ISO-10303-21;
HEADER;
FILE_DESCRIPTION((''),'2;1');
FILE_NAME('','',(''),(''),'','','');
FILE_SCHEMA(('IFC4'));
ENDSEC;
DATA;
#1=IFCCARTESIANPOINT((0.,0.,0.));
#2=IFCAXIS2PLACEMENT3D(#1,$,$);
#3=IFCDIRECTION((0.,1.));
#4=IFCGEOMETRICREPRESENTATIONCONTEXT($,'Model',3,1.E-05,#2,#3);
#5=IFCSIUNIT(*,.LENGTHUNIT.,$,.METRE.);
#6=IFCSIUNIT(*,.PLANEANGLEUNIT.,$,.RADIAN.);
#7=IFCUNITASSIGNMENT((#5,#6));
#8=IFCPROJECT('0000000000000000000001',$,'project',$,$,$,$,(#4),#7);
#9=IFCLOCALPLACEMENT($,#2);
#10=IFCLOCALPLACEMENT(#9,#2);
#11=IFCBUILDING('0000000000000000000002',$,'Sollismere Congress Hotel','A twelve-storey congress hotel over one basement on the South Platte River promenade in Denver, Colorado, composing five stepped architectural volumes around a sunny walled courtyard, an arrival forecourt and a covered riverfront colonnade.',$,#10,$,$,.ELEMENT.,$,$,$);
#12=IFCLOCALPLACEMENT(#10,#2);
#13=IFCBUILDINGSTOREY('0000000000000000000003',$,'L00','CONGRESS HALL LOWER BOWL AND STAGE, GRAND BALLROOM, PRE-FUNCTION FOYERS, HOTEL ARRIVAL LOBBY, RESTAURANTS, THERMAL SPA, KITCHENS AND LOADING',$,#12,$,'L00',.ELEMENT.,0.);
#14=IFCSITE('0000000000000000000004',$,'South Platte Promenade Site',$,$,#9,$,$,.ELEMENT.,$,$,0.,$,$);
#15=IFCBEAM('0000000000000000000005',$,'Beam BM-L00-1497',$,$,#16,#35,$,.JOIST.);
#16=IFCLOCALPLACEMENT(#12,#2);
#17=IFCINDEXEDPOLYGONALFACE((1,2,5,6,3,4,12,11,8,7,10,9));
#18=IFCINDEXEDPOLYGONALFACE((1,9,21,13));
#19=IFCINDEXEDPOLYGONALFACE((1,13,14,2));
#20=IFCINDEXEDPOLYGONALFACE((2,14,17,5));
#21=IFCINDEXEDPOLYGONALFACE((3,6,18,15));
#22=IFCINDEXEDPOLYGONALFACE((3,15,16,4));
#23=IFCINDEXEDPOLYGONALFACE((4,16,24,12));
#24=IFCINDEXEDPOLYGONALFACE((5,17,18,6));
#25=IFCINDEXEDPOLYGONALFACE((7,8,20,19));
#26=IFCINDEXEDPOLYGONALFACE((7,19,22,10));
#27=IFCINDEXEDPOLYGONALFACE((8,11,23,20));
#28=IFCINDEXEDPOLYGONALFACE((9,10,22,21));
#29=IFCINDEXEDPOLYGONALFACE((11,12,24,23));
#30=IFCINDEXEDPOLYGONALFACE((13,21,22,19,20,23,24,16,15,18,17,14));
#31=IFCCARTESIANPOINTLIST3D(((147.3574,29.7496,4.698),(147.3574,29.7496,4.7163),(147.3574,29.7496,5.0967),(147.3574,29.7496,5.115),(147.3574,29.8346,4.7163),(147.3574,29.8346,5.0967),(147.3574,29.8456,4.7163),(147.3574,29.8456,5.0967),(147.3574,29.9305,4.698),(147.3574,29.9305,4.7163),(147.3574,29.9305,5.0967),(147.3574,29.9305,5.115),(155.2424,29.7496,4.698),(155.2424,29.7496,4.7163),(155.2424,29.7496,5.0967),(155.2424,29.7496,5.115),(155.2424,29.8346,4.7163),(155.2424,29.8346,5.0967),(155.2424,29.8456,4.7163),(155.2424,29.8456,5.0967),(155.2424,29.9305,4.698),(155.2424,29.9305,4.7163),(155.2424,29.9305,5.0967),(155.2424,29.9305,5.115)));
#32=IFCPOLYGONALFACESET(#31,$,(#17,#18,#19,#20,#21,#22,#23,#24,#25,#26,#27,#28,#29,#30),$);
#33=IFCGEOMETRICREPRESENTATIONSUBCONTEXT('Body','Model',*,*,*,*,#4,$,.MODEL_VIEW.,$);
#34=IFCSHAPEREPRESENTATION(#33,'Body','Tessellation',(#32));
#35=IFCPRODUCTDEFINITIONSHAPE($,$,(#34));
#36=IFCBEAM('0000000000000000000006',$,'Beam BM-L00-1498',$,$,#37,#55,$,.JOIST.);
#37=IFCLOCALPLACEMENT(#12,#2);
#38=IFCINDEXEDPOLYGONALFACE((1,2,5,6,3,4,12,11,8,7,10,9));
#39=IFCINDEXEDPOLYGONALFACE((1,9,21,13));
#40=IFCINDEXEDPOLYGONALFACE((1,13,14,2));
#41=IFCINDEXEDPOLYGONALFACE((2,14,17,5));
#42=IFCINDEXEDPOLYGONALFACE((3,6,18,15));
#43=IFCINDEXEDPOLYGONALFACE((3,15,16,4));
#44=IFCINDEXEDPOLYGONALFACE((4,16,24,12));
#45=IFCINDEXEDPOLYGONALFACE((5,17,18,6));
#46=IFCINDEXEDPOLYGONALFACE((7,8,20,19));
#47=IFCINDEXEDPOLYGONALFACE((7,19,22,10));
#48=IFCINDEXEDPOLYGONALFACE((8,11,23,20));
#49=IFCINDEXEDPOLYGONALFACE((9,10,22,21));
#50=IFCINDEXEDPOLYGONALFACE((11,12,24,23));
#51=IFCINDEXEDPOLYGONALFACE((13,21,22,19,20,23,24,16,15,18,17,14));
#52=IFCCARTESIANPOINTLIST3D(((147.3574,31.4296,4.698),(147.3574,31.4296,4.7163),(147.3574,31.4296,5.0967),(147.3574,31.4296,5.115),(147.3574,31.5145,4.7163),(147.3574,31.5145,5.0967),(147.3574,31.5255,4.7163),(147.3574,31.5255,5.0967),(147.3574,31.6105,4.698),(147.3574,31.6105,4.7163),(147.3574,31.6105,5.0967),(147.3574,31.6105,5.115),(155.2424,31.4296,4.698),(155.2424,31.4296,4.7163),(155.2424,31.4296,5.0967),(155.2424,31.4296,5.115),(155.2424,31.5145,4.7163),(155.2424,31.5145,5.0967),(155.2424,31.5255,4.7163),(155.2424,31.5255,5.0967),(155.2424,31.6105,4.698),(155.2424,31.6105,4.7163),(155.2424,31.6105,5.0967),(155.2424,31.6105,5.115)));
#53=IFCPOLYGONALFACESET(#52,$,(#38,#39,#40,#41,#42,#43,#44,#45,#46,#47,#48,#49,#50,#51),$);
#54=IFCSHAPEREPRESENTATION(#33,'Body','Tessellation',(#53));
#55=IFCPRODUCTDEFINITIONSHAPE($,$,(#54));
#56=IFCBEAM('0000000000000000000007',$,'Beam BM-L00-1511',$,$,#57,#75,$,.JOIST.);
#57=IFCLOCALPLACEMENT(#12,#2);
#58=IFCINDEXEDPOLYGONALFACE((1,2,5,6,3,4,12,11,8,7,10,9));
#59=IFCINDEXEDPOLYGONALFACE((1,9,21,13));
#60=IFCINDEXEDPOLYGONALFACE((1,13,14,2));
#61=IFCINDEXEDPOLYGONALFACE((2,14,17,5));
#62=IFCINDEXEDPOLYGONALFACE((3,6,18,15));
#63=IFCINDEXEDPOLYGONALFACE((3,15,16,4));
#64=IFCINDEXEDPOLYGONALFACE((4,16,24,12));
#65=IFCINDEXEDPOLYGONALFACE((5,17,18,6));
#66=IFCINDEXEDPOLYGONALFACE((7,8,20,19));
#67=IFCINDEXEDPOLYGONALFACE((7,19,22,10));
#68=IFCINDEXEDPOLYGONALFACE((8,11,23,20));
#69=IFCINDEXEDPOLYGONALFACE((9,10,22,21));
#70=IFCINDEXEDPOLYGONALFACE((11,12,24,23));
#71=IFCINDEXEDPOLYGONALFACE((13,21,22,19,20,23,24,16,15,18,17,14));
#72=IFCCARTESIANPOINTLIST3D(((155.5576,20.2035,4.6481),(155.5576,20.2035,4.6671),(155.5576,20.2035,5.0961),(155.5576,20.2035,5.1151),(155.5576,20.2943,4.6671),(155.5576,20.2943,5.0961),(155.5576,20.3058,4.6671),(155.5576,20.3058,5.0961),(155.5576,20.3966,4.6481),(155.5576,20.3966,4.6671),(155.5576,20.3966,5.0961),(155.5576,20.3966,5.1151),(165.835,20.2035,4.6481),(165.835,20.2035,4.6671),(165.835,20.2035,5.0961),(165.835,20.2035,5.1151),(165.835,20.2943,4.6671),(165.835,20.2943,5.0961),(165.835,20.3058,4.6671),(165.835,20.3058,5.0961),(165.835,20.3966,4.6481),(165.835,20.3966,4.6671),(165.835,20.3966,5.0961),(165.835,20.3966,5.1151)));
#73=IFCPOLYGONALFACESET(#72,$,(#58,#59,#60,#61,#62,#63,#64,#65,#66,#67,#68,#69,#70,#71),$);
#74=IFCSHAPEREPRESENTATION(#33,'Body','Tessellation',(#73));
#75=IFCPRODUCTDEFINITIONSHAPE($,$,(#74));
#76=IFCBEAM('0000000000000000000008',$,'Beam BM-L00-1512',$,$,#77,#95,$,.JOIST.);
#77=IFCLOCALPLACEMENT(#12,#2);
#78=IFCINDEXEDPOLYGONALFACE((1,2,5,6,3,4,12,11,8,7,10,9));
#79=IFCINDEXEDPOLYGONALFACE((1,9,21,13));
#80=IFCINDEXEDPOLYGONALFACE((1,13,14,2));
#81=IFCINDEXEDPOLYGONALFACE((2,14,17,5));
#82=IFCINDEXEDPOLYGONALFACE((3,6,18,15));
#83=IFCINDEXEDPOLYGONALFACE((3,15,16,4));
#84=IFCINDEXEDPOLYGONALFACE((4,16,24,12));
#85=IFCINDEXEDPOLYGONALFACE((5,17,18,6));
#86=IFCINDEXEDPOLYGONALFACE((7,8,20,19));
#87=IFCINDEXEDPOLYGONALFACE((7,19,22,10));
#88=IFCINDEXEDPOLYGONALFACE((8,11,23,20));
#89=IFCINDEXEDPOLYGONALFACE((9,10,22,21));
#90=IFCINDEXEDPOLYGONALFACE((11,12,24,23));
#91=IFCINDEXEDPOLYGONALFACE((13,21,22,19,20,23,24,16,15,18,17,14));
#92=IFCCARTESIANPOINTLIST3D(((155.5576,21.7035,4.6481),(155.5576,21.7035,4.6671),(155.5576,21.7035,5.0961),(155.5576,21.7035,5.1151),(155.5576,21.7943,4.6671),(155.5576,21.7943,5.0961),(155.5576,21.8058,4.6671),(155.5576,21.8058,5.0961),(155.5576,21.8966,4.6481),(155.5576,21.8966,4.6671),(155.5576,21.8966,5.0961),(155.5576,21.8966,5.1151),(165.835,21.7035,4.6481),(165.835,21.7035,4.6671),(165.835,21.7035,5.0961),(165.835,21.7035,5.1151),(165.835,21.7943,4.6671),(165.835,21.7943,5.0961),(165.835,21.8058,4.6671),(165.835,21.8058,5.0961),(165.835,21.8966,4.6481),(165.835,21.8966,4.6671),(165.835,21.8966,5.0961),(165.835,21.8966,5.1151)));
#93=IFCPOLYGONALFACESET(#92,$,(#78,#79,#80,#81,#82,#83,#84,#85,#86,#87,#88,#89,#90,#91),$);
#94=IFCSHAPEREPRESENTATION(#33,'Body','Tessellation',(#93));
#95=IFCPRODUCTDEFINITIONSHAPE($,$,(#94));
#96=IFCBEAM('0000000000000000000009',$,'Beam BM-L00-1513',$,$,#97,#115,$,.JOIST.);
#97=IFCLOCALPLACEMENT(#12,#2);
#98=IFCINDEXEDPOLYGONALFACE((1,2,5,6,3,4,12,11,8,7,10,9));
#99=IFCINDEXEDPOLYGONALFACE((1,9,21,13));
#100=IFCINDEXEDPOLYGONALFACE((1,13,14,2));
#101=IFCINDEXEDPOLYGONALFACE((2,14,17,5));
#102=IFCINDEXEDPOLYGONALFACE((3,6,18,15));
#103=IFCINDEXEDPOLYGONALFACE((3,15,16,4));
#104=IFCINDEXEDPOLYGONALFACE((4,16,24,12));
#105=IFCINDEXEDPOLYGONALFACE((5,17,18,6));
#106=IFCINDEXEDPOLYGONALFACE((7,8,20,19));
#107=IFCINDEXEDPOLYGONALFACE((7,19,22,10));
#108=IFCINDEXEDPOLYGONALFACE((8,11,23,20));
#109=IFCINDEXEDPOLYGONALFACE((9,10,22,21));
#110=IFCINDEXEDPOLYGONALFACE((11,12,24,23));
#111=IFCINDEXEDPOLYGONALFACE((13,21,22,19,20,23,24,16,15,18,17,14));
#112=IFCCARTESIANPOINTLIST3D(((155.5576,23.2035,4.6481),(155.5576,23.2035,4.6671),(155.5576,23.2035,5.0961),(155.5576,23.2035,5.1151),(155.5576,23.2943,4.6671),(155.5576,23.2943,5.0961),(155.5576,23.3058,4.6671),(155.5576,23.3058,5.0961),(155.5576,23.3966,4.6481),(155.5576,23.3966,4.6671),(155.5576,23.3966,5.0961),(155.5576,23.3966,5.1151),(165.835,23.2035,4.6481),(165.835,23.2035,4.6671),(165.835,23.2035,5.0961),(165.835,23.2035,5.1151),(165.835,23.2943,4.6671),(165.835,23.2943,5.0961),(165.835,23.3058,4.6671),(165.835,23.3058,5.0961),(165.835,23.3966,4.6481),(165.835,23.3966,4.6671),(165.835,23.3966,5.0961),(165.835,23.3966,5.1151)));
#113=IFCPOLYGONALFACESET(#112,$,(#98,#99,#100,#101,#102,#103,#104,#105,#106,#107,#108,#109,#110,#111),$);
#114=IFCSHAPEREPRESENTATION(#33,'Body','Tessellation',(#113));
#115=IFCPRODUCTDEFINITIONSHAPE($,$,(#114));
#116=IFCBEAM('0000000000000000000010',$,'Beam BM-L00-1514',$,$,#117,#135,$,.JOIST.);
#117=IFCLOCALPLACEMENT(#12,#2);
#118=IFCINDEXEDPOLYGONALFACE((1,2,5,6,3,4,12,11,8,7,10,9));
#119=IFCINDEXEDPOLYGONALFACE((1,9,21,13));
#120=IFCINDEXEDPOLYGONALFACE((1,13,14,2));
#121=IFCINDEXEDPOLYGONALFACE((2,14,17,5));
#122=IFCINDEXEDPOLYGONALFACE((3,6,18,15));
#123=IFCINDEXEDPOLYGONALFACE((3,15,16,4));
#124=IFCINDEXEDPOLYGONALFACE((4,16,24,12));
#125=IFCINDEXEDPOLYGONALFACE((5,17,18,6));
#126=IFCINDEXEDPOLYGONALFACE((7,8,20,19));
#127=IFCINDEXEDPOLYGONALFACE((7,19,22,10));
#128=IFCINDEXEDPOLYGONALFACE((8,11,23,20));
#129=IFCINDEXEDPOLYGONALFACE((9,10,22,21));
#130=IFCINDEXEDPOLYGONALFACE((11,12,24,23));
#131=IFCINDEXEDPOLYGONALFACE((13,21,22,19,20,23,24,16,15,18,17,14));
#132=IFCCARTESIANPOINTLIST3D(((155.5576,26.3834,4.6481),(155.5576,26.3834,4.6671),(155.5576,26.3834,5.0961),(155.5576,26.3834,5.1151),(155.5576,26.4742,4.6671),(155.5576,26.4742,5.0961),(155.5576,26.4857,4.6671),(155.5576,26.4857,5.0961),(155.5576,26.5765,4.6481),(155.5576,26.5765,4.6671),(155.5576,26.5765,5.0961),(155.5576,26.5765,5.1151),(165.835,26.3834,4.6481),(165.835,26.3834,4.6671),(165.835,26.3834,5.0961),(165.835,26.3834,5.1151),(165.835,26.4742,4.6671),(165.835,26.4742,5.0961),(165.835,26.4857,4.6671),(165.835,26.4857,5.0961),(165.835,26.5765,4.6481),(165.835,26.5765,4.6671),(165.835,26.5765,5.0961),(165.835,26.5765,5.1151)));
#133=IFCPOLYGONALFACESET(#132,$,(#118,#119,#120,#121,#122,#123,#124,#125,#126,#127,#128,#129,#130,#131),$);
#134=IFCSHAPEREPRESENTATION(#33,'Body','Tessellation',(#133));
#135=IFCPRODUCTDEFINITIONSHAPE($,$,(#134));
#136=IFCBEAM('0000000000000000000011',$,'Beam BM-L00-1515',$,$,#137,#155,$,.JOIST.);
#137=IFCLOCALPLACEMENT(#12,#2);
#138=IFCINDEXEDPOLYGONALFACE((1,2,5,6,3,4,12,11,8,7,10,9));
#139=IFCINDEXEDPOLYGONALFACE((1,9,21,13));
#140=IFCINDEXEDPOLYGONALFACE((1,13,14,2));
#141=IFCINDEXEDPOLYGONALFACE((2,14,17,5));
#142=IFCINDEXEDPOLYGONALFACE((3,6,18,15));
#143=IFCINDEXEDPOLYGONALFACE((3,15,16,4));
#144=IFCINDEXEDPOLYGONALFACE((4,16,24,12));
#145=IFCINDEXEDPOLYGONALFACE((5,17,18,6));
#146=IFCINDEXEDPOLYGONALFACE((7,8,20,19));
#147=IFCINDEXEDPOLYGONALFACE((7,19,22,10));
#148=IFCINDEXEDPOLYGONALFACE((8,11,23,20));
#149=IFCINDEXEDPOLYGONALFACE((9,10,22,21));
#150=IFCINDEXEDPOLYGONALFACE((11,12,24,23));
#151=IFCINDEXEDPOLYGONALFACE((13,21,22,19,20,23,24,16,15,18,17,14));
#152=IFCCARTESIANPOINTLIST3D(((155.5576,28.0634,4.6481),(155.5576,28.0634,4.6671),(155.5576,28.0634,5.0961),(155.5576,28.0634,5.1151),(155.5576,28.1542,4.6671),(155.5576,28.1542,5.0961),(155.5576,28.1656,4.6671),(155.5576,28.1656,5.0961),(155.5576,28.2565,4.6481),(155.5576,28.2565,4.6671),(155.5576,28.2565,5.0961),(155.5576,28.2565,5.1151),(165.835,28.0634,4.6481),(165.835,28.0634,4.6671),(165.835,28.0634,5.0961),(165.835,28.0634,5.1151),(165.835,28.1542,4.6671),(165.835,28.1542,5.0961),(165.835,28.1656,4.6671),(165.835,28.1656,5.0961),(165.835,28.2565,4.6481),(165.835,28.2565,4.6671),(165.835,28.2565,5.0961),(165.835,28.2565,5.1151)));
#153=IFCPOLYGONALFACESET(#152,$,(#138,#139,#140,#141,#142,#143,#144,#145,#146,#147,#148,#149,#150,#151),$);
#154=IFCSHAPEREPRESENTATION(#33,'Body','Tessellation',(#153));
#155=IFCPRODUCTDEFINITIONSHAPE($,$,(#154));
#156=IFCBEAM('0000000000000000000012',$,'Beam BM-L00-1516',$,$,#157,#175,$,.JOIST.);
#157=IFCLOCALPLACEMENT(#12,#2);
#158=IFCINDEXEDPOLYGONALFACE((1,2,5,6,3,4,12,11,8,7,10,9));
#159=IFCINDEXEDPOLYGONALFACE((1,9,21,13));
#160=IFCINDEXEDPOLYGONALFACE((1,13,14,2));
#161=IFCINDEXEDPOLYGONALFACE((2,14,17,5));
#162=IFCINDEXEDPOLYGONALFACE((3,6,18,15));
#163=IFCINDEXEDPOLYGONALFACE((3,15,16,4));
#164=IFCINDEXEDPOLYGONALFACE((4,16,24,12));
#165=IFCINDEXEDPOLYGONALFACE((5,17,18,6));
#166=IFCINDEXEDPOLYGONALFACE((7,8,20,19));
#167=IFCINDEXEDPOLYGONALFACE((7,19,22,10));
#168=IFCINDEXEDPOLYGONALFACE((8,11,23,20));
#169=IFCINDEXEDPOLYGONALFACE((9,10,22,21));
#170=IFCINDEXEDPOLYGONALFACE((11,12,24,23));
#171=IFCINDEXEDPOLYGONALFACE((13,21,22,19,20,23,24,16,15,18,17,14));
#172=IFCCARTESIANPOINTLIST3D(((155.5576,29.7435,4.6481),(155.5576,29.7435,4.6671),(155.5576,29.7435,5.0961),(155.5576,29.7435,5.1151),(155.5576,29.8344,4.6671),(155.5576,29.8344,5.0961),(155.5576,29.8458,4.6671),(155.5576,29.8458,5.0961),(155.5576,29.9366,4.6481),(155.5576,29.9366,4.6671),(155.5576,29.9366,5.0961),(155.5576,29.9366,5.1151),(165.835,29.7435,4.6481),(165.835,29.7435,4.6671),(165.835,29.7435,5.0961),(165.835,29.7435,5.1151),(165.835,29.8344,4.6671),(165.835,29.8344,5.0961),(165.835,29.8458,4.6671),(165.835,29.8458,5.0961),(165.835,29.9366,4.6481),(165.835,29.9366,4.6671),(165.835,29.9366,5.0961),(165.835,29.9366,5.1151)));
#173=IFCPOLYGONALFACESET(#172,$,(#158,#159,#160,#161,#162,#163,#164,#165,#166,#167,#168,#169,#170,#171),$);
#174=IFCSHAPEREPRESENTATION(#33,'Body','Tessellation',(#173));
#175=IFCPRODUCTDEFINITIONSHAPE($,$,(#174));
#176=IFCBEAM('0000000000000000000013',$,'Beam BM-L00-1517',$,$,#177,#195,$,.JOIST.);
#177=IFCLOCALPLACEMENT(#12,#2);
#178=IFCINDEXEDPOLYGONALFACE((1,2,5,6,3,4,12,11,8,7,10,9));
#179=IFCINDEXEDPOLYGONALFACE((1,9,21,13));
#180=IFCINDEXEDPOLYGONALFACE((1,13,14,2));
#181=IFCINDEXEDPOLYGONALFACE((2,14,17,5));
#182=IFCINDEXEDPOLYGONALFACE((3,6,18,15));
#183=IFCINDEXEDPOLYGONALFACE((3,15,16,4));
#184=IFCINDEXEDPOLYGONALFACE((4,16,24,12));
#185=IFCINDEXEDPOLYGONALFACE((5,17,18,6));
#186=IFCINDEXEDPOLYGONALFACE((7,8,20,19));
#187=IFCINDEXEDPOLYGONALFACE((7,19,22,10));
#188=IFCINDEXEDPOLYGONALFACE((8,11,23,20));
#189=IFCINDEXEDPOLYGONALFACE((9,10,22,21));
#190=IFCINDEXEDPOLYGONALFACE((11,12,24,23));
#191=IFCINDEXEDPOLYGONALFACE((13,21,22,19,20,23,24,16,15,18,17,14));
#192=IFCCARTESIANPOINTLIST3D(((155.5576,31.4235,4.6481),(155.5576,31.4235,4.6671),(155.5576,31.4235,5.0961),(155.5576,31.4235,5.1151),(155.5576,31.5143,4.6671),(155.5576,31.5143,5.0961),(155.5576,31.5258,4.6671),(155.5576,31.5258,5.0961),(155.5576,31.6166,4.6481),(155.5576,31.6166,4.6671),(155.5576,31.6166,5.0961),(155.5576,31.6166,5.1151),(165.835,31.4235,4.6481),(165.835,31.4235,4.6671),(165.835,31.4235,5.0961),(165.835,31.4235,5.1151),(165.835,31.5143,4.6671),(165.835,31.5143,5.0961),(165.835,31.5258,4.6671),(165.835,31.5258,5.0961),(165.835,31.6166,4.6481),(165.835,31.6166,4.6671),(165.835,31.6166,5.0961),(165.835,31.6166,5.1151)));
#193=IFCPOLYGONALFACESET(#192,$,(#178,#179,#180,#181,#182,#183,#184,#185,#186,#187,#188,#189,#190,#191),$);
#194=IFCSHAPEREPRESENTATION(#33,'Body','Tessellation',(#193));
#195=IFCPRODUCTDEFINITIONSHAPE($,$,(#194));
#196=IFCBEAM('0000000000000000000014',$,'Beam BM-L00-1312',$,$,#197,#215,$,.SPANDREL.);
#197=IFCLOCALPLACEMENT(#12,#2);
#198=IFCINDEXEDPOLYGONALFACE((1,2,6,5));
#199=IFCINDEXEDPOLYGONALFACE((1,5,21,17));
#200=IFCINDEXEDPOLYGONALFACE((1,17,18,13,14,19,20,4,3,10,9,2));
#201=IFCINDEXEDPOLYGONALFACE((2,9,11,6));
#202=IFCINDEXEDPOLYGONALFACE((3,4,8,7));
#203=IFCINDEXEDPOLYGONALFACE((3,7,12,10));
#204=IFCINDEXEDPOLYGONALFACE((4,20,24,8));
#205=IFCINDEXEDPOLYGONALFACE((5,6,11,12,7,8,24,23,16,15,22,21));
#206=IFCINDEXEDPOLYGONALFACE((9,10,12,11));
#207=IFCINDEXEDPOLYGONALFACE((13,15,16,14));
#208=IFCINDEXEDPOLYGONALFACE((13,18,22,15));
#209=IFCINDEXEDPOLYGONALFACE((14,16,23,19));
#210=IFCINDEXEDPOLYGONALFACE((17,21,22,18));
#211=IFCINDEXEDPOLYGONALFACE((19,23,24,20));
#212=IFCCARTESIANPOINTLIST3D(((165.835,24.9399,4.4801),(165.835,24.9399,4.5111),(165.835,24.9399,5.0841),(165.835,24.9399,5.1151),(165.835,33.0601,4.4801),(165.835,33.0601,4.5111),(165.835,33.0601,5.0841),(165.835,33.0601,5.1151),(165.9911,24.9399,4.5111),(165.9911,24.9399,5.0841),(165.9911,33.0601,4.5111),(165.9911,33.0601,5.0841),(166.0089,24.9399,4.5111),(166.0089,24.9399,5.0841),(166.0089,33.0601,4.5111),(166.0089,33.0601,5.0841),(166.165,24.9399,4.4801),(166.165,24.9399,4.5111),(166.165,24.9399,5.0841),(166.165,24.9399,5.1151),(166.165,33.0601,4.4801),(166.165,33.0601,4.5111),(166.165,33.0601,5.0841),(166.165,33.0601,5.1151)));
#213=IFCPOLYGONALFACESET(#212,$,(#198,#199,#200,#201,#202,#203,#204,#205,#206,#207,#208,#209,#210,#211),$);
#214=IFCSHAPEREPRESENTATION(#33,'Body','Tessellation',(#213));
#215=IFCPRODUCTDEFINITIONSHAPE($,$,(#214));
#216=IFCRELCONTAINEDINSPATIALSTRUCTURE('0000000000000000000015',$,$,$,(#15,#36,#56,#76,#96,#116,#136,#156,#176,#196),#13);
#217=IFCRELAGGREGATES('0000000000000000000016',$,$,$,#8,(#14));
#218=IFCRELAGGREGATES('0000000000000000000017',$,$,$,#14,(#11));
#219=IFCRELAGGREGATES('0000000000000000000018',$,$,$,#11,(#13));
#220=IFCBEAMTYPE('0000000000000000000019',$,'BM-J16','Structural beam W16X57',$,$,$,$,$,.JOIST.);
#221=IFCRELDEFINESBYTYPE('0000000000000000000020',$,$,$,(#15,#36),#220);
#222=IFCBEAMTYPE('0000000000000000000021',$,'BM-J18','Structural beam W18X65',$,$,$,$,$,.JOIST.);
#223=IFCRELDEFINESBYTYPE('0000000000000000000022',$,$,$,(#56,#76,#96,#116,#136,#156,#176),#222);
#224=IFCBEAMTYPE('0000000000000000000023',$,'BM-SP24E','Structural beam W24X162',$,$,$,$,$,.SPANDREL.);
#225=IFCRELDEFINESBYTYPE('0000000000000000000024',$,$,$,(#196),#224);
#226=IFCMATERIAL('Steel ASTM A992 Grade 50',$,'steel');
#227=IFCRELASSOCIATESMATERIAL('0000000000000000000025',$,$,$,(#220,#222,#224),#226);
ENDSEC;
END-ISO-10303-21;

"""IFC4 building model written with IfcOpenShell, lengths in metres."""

from ifc_helpers import new_model, si_unit, direction, frame, origin, origin_2d, place, context, subcontext, project, spatial, i_section, extrude, material, material_profile, profile_set, type_object, element, save


model = new_model("IFC4")

# Units and contexts
model_context = context("Model", 3, precision=1e-05, world=origin(), true_north=direction((0.0, 1.0)))
body_context = subcontext(model_context, "Body", "Model", "MODEL_VIEW")
ifc_project = project(units=[si_unit("LENGTHUNIT", "METRE"), si_unit("PLANEANGLEUNIT", "RADIAN")], contexts=[model_context])

# Site, building, storey
site_placement = place(None, origin())
site = spatial("IfcSite", under=ifc_project, at=site_placement, Name="South Platte Promenade Site", CompositionType="ELEMENT", RefElevation=0.0)
building_placement = place(site_placement, origin())
building = spatial("IfcBuilding", under=site, at=building_placement, Name="Sollismere Congress Hotel", Description="A twelve-storey congress hotel over one basement on the South Platte River promenade in Denver, Colorado, composing five stepped architectural volumes around a sunny walled courtyard, an arrival forecourt and a covered riverfront colonnade.", CompositionType="ELEMENT")
storey_placement = place(building_placement, origin())
storey = spatial("IfcBuildingStorey", under=building, at=storey_placement, Name="L00", Description="CONGRESS HALL LOWER BOWL AND STAGE, GRAND BALLROOM, PRE-FUNCTION FOYERS, HOTEL ARRIVAL LOBBY, RESTAURANTS, THERMAL SPA, KITCHENS AND LOADING", LongName="L00", CompositionType="ELEMENT", Elevation=0.0)

# Shared definitions
ifc_material_1 = material(Name="Steel ASTM A992 Grade 50", Category="steel")

# Beams
ifc_material_profile_1 = material_profile(ifc_material_1, i_section(OverallWidth=0.1809, OverallDepth=0.417, WebThickness=0.011, FlangeThickness=0.0183, at=origin_2d()), Name="W16X57")
ifc_profile_set_1 = profile_set([ifc_material_profile_1], Name="Steel ASTM A992 Grade 50")
beam_type_1 = type_object("IfcBeamType", Name="BM-J16", Description="Structural beam W16X57", PredefinedType="JOIST", material=ifc_profile_set_1)
for number, where, z_axis, x_axis, name in (
    (1, (147.3574, 29.8401, 4.9065), (1.0, 0.0, 0.0), (0.0, 1.0, 0.0), "Beam BM-L00-1497"),
    (2, (147.3574, 31.52, 4.9065), (1.0, 0.0, 0.0), (0.0, 1.0, 0.0), "Beam BM-L00-1498"),
):
    element("IfcBeam", number, at=place(storey_placement, frame(where, z_axis=z_axis, x_axis=x_axis)), inside=storey, type_object=beam_type_1, Name=name, PredefinedType="JOIST", context=body_context, shape_type="SweptSolid", body=[
        extrude(i_section(OverallWidth=0.1809, OverallDepth=0.417, WebThickness=0.011, FlangeThickness=0.0183, at=origin_2d()), origin(), (0.0, 0.0, 1.0), 7.885),
    ])
ifc_material_profile_2 = material_profile(ifc_material_1, i_section(OverallWidth=0.1931, OverallDepth=0.467, WebThickness=0.0115, FlangeThickness=0.019, at=origin_2d()), Name="W18X65")
ifc_profile_set_2 = profile_set([ifc_material_profile_2], Name="Steel ASTM A992 Grade 50")
beam_type_2 = type_object("IfcBeamType", Name="BM-J18", Description="Structural beam W18X65", PredefinedType="JOIST", material=ifc_profile_set_2)
for number, where, z_axis, x_axis, name in (
    (3, (155.5576, 20.3, 4.8816), (1.0, 0.0, 0.0), (0.0, 1.0, 0.0), "Beam BM-L00-1511"),
    (4, (155.5576, 21.8, 4.8816), (1.0, 0.0, 0.0), (0.0, 1.0, 0.0), "Beam BM-L00-1512"),
    (5, (155.5576, 23.3, 4.8816), (1.0, 0.0, 0.0), (0.0, 1.0, 0.0), "Beam BM-L00-1513"),
    (6, (155.5576, 26.48, 4.8816), (1.0, 0.0, 0.0), (0.0, 1.0, 0.0), "Beam BM-L00-1514"),
    (7, (155.5576, 28.1599, 4.8816), (1.0, 0.0, 0.0), (0.0, 1.0, 0.0), "Beam BM-L00-1515"),
    (8, (155.5576, 29.8401, 4.8816), (1.0, 0.0, 0.0), (0.0, 1.0, 0.0), "Beam BM-L00-1516"),
    (9, (155.5576, 31.52, 4.8816), (1.0, 0.0, 0.0), (0.0, 1.0, 0.0), "Beam BM-L00-1517"),
):
    element("IfcBeam", number, at=place(storey_placement, frame(where, z_axis=z_axis, x_axis=x_axis)), inside=storey, type_object=beam_type_2, Name=name, PredefinedType="JOIST", context=body_context, shape_type="SweptSolid", body=[
        extrude(i_section(OverallWidth=0.1931, OverallDepth=0.467, WebThickness=0.0115, FlangeThickness=0.019, at=origin_2d()), origin(), (0.0, 0.0, 1.0), 10.2773),
    ])
ifc_material_profile_3 = material_profile(ifc_material_1, i_section(OverallWidth=0.3301, OverallDepth=0.635, WebThickness=0.0178, FlangeThickness=0.031, at=origin_2d()), Name="W24X162")
ifc_profile_set_3 = profile_set([ifc_material_profile_3], Name="Steel ASTM A992 Grade 50")
beam_type_3 = type_object("IfcBeamType", Name="BM-SP24E", Description="Structural beam W24X162", PredefinedType="SPANDREL", material=ifc_profile_set_3)
beam_1_placement = place(storey_placement, frame((166.0, 24.9399, 4.7976), z_axis=(0.0, 1.0, 0.0), x_axis=(-1.0, 0.0, 0.0)))
element("IfcBeam", 10, at=beam_1_placement, inside=storey, type_object=beam_type_3, Name="Beam BM-L00-1312", PredefinedType="SPANDREL", context=body_context, shape_type="SweptSolid", body=[
    extrude(i_section(OverallWidth=0.3301, OverallDepth=0.635, WebThickness=0.0178, FlangeThickness=0.031, at=origin_2d()), origin(), (0.0, 0.0, 1.0), 8.1201),
])

save(model, "model.ifc")
